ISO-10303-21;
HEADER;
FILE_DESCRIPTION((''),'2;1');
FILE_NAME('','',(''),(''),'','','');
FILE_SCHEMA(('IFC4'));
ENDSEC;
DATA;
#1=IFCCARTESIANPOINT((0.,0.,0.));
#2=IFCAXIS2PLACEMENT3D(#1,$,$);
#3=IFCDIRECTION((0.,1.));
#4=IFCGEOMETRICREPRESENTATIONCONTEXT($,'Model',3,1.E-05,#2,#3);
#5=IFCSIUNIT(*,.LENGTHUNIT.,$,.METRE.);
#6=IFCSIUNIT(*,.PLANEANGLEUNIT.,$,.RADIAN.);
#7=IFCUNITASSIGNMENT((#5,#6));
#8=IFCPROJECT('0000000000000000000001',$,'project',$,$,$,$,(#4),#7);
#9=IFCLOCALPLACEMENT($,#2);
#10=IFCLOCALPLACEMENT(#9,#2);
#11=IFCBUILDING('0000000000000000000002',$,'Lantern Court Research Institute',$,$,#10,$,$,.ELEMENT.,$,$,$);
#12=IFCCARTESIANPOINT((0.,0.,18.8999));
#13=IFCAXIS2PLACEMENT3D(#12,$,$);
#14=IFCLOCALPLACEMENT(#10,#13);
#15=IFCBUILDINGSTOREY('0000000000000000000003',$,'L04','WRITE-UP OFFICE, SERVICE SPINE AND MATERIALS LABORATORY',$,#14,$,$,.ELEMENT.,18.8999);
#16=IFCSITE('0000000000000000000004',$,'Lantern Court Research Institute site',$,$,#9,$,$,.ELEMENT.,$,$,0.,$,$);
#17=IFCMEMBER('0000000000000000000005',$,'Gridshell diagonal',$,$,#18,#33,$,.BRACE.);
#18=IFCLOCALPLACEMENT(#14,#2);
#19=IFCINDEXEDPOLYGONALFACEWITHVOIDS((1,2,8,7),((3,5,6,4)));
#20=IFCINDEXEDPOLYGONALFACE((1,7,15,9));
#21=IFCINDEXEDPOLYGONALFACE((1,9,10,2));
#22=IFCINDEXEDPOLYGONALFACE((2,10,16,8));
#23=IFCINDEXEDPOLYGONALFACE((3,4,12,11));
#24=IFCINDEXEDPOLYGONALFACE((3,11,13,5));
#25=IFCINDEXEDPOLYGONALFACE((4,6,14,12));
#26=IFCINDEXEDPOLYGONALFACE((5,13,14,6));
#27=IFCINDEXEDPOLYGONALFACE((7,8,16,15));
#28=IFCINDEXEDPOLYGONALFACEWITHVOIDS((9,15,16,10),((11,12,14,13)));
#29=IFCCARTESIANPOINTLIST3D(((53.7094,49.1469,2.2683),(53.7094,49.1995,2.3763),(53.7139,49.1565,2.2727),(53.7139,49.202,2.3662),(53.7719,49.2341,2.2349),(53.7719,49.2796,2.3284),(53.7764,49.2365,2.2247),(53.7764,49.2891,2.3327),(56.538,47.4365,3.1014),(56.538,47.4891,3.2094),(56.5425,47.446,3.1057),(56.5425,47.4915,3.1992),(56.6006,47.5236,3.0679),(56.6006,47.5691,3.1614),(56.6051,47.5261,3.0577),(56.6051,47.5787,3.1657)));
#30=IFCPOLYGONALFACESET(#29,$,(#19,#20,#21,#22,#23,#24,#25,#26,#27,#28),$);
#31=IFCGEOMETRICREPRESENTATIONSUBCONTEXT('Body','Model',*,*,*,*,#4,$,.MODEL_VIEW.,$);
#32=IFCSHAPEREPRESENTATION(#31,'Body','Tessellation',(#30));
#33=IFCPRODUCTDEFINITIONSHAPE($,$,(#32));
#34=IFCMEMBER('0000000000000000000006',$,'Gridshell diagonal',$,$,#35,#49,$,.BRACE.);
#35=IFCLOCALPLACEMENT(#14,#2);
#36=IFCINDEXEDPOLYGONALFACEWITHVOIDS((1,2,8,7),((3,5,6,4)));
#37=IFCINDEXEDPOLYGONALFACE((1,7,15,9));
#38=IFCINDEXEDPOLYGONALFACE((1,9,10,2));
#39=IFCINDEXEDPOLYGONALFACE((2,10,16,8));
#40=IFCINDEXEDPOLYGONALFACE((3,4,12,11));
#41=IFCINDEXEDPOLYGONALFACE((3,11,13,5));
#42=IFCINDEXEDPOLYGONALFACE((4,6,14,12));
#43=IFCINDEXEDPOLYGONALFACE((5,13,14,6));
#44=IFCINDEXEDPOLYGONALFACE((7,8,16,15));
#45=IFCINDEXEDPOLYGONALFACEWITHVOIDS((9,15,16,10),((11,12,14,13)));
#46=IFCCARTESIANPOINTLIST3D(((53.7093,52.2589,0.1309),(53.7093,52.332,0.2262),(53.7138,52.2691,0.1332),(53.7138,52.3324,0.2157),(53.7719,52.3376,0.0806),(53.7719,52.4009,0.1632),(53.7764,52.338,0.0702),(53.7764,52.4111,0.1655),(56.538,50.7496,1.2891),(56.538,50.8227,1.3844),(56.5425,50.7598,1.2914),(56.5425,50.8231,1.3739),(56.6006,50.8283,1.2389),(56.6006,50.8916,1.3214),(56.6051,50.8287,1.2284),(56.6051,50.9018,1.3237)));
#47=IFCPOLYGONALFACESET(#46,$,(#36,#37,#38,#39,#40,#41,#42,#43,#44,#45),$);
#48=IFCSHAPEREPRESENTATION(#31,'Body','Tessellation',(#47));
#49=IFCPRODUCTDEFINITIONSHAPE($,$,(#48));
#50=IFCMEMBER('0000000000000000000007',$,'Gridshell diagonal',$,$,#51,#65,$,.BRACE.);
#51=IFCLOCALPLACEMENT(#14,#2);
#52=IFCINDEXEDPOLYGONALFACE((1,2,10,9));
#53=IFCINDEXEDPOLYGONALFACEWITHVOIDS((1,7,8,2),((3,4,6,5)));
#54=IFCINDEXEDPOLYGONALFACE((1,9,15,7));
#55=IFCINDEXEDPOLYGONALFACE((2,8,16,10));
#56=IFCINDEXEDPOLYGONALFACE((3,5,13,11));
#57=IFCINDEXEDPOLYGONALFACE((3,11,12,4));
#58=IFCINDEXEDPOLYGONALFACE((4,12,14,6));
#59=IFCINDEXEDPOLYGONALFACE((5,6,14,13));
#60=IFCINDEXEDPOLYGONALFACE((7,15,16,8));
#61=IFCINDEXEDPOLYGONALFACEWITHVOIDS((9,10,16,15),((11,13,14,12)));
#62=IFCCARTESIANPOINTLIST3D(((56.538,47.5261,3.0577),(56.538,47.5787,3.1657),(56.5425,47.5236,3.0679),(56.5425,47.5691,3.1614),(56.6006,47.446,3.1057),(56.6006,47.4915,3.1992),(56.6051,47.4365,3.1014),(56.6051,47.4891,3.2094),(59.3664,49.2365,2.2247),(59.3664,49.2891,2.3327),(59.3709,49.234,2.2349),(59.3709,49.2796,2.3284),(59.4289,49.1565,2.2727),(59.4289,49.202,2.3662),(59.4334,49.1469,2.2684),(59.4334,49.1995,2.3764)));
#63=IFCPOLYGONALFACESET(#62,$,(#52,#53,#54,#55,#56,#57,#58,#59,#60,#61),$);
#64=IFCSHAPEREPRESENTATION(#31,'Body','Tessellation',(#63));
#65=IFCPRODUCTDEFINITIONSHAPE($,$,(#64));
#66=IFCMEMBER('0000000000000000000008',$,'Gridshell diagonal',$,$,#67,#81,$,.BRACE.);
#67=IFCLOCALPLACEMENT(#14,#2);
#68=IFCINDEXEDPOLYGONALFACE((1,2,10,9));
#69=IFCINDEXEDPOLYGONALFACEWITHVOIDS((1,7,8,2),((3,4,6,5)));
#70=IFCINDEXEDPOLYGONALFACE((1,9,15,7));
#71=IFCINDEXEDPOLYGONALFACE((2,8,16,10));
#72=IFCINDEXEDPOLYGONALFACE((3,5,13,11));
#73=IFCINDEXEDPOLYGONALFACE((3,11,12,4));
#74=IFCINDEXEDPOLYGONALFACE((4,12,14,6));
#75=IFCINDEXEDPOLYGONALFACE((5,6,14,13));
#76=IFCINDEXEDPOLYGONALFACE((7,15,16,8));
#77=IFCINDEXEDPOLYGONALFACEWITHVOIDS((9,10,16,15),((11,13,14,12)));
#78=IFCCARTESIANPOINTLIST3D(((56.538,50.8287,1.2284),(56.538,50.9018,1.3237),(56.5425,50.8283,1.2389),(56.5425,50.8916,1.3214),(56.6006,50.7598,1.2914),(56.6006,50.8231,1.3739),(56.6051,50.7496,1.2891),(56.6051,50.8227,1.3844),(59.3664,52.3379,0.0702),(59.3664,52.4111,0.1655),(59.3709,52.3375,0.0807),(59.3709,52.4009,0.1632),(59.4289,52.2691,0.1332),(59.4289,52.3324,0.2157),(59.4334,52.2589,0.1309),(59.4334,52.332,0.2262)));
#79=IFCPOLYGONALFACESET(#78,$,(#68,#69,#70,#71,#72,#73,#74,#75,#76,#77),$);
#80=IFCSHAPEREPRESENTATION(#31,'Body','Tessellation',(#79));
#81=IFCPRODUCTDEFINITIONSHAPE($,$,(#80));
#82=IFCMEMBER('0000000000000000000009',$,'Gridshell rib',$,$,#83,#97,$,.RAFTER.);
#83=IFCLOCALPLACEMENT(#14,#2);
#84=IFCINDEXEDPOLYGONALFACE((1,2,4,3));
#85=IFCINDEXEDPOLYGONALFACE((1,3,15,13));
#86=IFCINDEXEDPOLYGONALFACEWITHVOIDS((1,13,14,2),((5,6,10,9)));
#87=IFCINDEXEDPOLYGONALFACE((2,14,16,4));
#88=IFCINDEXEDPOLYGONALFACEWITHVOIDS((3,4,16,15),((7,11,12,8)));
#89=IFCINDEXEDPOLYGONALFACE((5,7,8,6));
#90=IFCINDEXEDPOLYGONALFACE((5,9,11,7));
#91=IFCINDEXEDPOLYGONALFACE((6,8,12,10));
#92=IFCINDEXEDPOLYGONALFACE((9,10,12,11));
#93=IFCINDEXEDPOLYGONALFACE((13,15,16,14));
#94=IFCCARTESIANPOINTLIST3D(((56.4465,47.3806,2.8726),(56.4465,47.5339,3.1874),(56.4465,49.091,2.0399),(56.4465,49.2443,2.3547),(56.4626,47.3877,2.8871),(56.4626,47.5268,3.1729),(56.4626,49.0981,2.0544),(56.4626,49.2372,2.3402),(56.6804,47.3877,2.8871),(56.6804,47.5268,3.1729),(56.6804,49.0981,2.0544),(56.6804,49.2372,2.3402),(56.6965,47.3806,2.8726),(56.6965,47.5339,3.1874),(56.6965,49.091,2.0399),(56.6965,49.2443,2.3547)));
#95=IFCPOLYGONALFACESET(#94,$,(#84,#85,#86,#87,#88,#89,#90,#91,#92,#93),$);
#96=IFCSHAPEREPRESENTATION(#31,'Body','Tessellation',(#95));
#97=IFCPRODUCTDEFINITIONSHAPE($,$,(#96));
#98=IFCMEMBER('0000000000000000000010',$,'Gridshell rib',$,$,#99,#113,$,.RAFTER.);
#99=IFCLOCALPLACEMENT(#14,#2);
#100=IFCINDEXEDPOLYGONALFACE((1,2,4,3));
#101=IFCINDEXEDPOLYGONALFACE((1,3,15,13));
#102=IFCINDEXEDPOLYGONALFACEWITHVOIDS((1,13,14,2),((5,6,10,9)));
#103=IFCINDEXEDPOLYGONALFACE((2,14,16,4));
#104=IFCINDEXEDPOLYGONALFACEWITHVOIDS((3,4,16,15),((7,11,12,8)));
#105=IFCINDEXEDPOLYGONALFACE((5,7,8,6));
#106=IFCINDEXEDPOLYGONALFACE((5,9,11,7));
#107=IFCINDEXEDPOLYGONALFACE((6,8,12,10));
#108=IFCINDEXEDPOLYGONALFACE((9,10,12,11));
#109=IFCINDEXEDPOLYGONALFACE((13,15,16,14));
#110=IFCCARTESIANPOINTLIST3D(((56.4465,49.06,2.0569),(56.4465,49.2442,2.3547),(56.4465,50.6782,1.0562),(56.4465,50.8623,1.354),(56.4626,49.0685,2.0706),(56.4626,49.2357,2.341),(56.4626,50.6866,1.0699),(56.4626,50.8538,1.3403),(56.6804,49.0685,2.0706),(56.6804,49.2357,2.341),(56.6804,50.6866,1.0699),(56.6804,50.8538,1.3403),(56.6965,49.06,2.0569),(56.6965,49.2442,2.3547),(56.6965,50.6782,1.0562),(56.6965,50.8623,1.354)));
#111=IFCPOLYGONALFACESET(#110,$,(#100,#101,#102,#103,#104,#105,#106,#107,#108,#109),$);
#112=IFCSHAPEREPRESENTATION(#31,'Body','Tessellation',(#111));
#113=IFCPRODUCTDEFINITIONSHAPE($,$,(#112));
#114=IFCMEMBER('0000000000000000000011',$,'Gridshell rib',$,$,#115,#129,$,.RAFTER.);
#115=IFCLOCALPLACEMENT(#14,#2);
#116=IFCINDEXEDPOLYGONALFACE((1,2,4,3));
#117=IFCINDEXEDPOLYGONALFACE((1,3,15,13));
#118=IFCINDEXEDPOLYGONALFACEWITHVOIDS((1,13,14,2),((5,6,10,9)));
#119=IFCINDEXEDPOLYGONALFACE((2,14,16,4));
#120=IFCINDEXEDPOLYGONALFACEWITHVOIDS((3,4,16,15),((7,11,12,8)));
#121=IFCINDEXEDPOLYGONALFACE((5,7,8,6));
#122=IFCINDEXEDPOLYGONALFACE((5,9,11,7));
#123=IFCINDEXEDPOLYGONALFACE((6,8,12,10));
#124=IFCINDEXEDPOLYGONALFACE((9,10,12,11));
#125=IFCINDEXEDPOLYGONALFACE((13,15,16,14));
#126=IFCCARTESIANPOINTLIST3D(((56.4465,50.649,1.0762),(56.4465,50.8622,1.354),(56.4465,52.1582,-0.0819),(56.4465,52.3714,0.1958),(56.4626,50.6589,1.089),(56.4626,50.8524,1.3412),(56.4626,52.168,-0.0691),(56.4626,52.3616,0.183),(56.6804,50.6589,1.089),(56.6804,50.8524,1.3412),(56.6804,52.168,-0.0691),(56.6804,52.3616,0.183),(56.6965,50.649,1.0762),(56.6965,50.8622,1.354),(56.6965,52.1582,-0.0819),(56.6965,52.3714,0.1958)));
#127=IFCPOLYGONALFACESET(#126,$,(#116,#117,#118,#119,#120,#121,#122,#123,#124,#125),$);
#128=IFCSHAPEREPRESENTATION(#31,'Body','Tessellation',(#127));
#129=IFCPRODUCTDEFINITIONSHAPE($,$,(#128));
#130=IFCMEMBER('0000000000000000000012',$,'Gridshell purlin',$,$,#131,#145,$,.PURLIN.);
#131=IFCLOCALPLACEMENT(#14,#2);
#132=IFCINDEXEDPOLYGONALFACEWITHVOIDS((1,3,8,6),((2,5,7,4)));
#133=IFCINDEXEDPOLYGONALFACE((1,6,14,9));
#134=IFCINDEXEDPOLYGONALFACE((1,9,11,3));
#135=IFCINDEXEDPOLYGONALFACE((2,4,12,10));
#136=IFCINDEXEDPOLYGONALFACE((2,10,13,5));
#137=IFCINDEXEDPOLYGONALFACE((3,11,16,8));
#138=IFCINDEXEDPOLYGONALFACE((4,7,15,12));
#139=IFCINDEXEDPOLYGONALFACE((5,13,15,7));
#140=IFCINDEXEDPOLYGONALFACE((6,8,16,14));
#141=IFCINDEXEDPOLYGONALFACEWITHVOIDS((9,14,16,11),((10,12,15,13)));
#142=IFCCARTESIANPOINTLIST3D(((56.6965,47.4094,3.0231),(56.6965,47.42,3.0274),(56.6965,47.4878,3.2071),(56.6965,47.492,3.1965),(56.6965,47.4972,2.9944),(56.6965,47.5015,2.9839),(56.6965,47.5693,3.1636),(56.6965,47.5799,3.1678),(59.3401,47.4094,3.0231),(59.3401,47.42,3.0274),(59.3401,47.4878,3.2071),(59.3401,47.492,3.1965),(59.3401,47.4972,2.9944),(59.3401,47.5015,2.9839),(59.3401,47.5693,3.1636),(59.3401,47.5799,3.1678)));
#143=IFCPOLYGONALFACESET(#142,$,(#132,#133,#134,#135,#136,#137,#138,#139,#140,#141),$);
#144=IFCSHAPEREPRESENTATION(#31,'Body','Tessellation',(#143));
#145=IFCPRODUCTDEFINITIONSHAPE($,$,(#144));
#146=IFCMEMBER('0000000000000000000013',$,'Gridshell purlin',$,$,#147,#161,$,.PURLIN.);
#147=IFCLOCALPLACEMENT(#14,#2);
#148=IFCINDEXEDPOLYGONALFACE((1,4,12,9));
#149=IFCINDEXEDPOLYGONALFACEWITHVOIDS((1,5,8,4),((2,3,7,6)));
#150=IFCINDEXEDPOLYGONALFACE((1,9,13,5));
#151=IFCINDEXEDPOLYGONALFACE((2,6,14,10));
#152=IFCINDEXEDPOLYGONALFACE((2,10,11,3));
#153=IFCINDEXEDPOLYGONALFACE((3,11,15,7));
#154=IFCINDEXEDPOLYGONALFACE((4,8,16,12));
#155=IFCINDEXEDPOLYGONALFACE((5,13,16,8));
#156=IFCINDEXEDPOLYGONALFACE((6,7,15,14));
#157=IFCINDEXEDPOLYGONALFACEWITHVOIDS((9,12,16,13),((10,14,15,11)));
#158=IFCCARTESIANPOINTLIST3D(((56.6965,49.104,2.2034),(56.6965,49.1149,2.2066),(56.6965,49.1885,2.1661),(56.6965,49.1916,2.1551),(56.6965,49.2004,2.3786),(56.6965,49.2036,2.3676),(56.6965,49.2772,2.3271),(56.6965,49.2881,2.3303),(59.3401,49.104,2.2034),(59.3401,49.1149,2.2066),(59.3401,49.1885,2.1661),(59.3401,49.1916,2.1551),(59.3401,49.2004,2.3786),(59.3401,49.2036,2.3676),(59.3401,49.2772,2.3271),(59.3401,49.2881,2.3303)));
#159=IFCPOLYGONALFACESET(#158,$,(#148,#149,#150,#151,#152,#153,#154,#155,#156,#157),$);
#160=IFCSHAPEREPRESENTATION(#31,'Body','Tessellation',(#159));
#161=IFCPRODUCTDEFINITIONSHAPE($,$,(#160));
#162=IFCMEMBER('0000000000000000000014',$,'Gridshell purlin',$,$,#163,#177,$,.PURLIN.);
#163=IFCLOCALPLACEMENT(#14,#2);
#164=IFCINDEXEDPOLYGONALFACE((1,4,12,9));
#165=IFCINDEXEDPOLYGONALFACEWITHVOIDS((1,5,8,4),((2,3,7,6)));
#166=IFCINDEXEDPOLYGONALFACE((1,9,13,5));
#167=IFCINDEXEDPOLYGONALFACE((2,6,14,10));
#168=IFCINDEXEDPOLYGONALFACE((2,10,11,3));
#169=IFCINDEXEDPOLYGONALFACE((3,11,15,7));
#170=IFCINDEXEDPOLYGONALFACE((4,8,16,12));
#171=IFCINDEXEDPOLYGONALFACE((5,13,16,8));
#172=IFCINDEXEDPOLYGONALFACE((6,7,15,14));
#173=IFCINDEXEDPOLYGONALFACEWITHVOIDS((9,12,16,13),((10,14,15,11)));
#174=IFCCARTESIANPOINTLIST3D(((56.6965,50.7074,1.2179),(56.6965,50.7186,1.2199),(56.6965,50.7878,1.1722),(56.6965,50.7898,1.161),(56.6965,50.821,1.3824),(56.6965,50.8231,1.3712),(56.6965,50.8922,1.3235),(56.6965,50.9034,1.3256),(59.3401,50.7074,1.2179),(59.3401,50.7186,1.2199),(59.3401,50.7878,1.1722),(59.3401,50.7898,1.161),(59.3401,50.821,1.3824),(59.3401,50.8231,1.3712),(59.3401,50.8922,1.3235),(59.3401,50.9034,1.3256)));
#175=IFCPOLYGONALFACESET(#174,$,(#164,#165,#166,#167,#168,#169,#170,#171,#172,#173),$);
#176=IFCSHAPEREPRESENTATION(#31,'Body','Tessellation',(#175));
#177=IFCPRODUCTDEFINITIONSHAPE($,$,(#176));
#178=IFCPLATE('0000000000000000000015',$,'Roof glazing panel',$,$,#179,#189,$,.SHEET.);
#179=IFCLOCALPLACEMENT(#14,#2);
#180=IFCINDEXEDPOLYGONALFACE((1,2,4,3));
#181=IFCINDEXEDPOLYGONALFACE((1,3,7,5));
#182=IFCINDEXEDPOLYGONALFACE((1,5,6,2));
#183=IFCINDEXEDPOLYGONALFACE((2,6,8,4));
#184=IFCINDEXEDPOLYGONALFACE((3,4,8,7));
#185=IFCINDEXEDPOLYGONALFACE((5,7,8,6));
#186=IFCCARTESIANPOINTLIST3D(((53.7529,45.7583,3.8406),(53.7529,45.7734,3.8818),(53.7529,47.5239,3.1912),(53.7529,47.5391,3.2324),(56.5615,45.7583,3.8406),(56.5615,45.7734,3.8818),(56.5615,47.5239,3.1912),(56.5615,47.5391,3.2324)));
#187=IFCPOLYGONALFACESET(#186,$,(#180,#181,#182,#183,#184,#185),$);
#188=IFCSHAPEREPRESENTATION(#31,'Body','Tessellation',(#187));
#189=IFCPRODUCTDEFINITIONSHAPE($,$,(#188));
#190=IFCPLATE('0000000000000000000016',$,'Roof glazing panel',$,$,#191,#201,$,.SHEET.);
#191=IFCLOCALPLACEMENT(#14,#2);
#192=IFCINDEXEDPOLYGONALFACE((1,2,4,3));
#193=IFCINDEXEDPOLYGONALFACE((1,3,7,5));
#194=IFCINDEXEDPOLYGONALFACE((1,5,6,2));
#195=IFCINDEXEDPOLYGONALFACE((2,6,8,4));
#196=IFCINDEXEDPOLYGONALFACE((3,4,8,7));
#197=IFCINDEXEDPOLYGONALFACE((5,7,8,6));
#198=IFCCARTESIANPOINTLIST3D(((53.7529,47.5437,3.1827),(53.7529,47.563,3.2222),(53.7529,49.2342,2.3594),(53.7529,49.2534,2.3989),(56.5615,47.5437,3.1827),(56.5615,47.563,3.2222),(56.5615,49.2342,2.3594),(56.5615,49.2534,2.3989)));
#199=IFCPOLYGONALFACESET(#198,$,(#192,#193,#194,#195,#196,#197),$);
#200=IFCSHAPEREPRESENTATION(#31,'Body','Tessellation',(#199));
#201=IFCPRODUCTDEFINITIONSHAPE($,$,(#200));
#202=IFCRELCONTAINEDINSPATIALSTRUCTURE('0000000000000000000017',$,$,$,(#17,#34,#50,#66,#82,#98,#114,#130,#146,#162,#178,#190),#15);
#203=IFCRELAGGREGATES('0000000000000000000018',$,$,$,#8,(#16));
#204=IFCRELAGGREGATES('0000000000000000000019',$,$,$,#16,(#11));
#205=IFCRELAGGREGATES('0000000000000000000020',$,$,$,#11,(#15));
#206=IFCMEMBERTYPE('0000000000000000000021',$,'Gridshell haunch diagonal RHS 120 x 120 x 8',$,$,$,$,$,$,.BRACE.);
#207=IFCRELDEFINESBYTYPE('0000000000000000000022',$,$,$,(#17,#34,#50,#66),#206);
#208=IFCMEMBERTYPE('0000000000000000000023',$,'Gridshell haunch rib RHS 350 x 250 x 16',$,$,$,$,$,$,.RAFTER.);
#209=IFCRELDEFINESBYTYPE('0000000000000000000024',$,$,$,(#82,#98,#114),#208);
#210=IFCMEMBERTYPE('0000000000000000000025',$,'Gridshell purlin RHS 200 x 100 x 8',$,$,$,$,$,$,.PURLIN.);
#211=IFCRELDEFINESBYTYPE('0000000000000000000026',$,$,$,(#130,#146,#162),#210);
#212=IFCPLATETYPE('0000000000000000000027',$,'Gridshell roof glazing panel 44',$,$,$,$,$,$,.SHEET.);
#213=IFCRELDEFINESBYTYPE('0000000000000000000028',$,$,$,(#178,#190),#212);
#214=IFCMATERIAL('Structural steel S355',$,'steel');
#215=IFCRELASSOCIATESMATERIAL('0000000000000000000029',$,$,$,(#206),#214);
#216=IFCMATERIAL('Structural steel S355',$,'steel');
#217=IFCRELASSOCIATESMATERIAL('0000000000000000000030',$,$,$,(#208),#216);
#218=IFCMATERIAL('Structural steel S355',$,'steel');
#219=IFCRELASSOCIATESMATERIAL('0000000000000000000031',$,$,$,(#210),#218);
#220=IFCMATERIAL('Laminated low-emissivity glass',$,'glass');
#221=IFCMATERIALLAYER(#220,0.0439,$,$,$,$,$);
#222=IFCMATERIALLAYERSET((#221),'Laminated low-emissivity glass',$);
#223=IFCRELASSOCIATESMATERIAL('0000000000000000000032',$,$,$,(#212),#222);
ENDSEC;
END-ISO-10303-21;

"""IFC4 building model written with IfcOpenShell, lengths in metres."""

from ifc_helpers import new_model, si_unit, direction, frame, origin, origin_2d, place, context, subcontext, project, spatial, polyline, hollow_rectangle, outline, extrude, material, layer, layer_set, material_profile, profile_set, type_object, element, save


model = new_model("IFC4")

# Units and contexts
model_context = context("Model", 3, precision=1e-05, world=origin(), true_north=direction((0.0, 1.0)))
body_context = subcontext(model_context, "Body", "Model", "MODEL_VIEW")
ifc_project = project(units=[si_unit("LENGTHUNIT", "METRE"), si_unit("PLANEANGLEUNIT", "RADIAN")], contexts=[model_context])

# Site, building, storey
site_placement = place(None, origin())
site = spatial("IfcSite", under=ifc_project, at=site_placement, Name="Lantern Court Research Institute site", CompositionType="ELEMENT", RefElevation=0.0)
building_placement = place(site_placement, origin())
building = spatial("IfcBuilding", under=site, at=building_placement, Name="Lantern Court Research Institute", CompositionType="ELEMENT")
storey_placement = place(building_placement, frame((0.0, 0.0, 18.8999)))
storey = spatial("IfcBuildingStorey", under=building, at=storey_placement, Name="L04", Description="WRITE-UP OFFICE, SERVICE SPINE AND MATERIALS LABORATORY", CompositionType="ELEMENT", Elevation=18.8999)

# Members
ifc_material_1 = material(Name="Structural steel S355", Category="steel")
ifc_material_profile_1 = material_profile(ifc_material_1, hollow_rectangle(XDim=0.1201, YDim=0.1201, WallThickness=0.0081, at=origin_2d()), Name="Gridshell haunch diagonal RHS 120 x 120 x 8")
ifc_profile_set_1 = profile_set([ifc_material_profile_1], Name="Structural steel S355")
member_type_1 = type_object("IfcMemberType", Name="Gridshell haunch diagonal RHS 120 x 120 x 8", PredefinedType="BRACE", material=ifc_profile_set_1)
for number, where, z_axis, x_axis, name in (
    (1, (56.5715, 47.5076, 3.1335), (-0.829773, 0.50176, -0.244363), (-0.558101, -0.746025, 0.363277), "Gridshell diagonal"),
    (2, (56.5715, 50.8257, 1.3064), (-0.82978, 0.44275, -0.339761), (-0.558091, -0.65828, 0.505176), "Gridshell diagonal"),
):
    element("IfcMember", number, at=place(storey_placement, frame(where, z_axis=z_axis, x_axis=x_axis)), inside=storey, type_object=member_type_1, Name=name, PredefinedType="BRACE", context=body_context, shape_type="SweptSolid", body=[
        extrude(hollow_rectangle(XDim=0.1201, YDim=0.1201, WallThickness=0.0081, at=origin_2d()), origin(), (0.0, 0.0, 1.0), 3.4089),
    ])
for number, where, z_axis, x_axis, name in (
    (3, (56.5715, 47.5076, 3.1335), (0.829751, 0.50179, -0.244377), (-0.558134, 0.746001, -0.363275), "Gridshell diagonal"),
    (4, (56.5715, 50.8257, 1.3064), (0.829758, 0.442776, -0.339782), (-0.558124, 0.658254, -0.505172), "Gridshell diagonal"),
):
    element("IfcMember", number, at=place(storey_placement, frame(where, z_axis=z_axis, x_axis=x_axis)), inside=storey, type_object=member_type_1, Name=name, PredefinedType="BRACE", context=body_context, shape_type="SweptSolid", body=[
        extrude(hollow_rectangle(XDim=0.1201, YDim=0.1201, WallThickness=0.0081, at=origin_2d()), origin(), (0.0, 0.0, 1.0), 3.4087),
    ])
ifc_material_2 = material(Name="Structural steel S355", Category="steel")
ifc_material_profile_2 = material_profile(ifc_material_2, hollow_rectangle(XDim=0.25, YDim=0.3501, WallThickness=0.0161, at=origin_2d()), Name="Gridshell haunch rib RHS 350 x 250 x 16")
ifc_profile_set_2 = profile_set([ifc_material_profile_2], Name="Structural steel S355")
member_type_2 = type_object("IfcMemberType", Name="Gridshell haunch rib RHS 350 x 250 x 16", PredefinedType="RAFTER", material=ifc_profile_set_2)
member_1_placement = place(storey_placement, frame((56.5715, 47.4573, 3.03), z_axis=(0.0, 0.8991, -0.437743), x_axis=(-1.0, 0.0, 0.0)))
element("IfcMember", 5, at=member_1_placement, inside=storey, type_object=member_type_2, Name="Gridshell rib", PredefinedType="RAFTER", context=body_context, shape_type="SweptSolid", body=[
    extrude(hollow_rectangle(XDim=0.25, YDim=0.3501, WallThickness=0.0161, at=origin_2d()), origin(), (0.0, 0.0, 1.0), 1.9023),
])
member_2_placement = place(storey_placement, frame((56.5715, 49.1521, 2.2058), z_axis=(0.0, 0.850498, -0.525979), x_axis=(-1.0, 0.0, 0.0)))
element("IfcMember", 6, at=member_2_placement, inside=storey, type_object=member_type_2, Name="Gridshell rib", PredefinedType="RAFTER", context=body_context, shape_type="SweptSolid", body=[
    extrude(hollow_rectangle(XDim=0.25, YDim=0.3501, WallThickness=0.0161, at=origin_2d()), origin(), (0.0, 0.0, 1.0), 1.9026),
])
member_3_placement = place(storey_placement, frame((56.5715, 50.7556, 1.2151), z_axis=(0.0, 0.79333, -0.608792), x_axis=(-1.0, 0.0, 0.0)))
element("IfcMember", 7, at=member_3_placement, inside=storey, type_object=member_type_2, Name="Gridshell rib", PredefinedType="RAFTER", context=body_context, shape_type="SweptSolid", body=[
    extrude(hollow_rectangle(XDim=0.25, YDim=0.3501, WallThickness=0.0161, at=origin_2d()), origin(), (0.0, 0.0, 1.0), 1.9023),
])
ifc_material_3 = material(Name="Structural steel S355", Category="steel")
ifc_material_profile_3 = material_profile(ifc_material_3, hollow_rectangle(XDim=0.1001, YDim=0.2, WallThickness=0.0081, at=origin_2d()), Name="Gridshell purlin RHS 200 x 100 x 8")
ifc_profile_set_3 = profile_set([ifc_material_profile_3], Name="Structural steel S355")
member_type_3 = type_object("IfcMemberType", Name="Gridshell purlin RHS 200 x 100 x 8", PredefinedType="PURLIN", material=ifc_profile_set_3)
for number, where, z_axis, x_axis, name in (
    (8, (56.6965, 47.4946, 3.0955), (1.0, 0.0, 0.0), (0.0, 0.919966, -0.391999), "Gridshell purlin"),
    (9, (56.6965, 49.196, 2.2668), (1.0, 0.0, 0.0), (0.0, 0.875897, -0.482497), "Gridshell purlin"),
    (10, (56.6965, 50.8054, 1.2717), (1.0, 0.0, 0.0), (0.0, 0.822954, -0.568108), "Gridshell purlin"),
):
    element("IfcMember", number, at=place(storey_placement, frame(where, z_axis=z_axis, x_axis=x_axis)), inside=storey, type_object=member_type_3, Name=name, PredefinedType="PURLIN", context=body_context, shape_type="SweptSolid", body=[
        extrude(hollow_rectangle(XDim=0.1001, YDim=0.2, WallThickness=0.0081, at=origin_2d()), origin(), (0.0, 0.0, 1.0), 2.6436),
    ])

# Plates
ifc_material_4 = material(Name="Laminated low-emissivity glass", Category="glass")
ifc_layer = layer(ifc_material_4, 0.0439)
ifc_layer_set = layer_set([ifc_layer], Name="Laminated low-emissivity glass")
plate_type = type_object("IfcPlateType", Name="Gridshell roof glazing panel 44", PredefinedType="SHEET", material=ifc_layer_set)
plate_1_placement = place(storey_placement, frame((56.5615, 45.7734, 3.8818), z_axis=(0.0, 0.3452, 0.938529), x_axis=(-1.0, 0.0, 0.0)))
element("IfcPlate", 11, at=plate_1_placement, inside=storey, type_object=plate_type, Name="Roof glazing panel", PredefinedType="SHEET", context=body_context, shape_type="SweptSolid", body=[
    extrude(outline(polyline([(0.0, 0.0), (2.8086, 0.0), (2.8086, -1.8813), (0.0, -1.8813), (0.0, 0.0)])), origin(), (0.0, 0.0, -1.0), 0.0439),
])
plate_2_placement = place(storey_placement, frame((56.5615, 47.563, 3.2222), z_axis=(0.0, 0.43784, 0.899053), x_axis=(-1.0, 0.0, 0.0)))
element("IfcPlate", 12, at=plate_2_placement, inside=storey, type_object=plate_type, Name="Roof glazing panel", PredefinedType="SHEET", context=body_context, shape_type="SweptSolid", body=[
    extrude(outline(polyline([(0.0, 0.0), (2.8086, 0.0), (2.8086, -1.8802), (0.0, -1.8802), (0.0, 0.0)])), origin(), (0.0, 0.0, -1.0), 0.0439),
])

save(model, "model.ifc")
